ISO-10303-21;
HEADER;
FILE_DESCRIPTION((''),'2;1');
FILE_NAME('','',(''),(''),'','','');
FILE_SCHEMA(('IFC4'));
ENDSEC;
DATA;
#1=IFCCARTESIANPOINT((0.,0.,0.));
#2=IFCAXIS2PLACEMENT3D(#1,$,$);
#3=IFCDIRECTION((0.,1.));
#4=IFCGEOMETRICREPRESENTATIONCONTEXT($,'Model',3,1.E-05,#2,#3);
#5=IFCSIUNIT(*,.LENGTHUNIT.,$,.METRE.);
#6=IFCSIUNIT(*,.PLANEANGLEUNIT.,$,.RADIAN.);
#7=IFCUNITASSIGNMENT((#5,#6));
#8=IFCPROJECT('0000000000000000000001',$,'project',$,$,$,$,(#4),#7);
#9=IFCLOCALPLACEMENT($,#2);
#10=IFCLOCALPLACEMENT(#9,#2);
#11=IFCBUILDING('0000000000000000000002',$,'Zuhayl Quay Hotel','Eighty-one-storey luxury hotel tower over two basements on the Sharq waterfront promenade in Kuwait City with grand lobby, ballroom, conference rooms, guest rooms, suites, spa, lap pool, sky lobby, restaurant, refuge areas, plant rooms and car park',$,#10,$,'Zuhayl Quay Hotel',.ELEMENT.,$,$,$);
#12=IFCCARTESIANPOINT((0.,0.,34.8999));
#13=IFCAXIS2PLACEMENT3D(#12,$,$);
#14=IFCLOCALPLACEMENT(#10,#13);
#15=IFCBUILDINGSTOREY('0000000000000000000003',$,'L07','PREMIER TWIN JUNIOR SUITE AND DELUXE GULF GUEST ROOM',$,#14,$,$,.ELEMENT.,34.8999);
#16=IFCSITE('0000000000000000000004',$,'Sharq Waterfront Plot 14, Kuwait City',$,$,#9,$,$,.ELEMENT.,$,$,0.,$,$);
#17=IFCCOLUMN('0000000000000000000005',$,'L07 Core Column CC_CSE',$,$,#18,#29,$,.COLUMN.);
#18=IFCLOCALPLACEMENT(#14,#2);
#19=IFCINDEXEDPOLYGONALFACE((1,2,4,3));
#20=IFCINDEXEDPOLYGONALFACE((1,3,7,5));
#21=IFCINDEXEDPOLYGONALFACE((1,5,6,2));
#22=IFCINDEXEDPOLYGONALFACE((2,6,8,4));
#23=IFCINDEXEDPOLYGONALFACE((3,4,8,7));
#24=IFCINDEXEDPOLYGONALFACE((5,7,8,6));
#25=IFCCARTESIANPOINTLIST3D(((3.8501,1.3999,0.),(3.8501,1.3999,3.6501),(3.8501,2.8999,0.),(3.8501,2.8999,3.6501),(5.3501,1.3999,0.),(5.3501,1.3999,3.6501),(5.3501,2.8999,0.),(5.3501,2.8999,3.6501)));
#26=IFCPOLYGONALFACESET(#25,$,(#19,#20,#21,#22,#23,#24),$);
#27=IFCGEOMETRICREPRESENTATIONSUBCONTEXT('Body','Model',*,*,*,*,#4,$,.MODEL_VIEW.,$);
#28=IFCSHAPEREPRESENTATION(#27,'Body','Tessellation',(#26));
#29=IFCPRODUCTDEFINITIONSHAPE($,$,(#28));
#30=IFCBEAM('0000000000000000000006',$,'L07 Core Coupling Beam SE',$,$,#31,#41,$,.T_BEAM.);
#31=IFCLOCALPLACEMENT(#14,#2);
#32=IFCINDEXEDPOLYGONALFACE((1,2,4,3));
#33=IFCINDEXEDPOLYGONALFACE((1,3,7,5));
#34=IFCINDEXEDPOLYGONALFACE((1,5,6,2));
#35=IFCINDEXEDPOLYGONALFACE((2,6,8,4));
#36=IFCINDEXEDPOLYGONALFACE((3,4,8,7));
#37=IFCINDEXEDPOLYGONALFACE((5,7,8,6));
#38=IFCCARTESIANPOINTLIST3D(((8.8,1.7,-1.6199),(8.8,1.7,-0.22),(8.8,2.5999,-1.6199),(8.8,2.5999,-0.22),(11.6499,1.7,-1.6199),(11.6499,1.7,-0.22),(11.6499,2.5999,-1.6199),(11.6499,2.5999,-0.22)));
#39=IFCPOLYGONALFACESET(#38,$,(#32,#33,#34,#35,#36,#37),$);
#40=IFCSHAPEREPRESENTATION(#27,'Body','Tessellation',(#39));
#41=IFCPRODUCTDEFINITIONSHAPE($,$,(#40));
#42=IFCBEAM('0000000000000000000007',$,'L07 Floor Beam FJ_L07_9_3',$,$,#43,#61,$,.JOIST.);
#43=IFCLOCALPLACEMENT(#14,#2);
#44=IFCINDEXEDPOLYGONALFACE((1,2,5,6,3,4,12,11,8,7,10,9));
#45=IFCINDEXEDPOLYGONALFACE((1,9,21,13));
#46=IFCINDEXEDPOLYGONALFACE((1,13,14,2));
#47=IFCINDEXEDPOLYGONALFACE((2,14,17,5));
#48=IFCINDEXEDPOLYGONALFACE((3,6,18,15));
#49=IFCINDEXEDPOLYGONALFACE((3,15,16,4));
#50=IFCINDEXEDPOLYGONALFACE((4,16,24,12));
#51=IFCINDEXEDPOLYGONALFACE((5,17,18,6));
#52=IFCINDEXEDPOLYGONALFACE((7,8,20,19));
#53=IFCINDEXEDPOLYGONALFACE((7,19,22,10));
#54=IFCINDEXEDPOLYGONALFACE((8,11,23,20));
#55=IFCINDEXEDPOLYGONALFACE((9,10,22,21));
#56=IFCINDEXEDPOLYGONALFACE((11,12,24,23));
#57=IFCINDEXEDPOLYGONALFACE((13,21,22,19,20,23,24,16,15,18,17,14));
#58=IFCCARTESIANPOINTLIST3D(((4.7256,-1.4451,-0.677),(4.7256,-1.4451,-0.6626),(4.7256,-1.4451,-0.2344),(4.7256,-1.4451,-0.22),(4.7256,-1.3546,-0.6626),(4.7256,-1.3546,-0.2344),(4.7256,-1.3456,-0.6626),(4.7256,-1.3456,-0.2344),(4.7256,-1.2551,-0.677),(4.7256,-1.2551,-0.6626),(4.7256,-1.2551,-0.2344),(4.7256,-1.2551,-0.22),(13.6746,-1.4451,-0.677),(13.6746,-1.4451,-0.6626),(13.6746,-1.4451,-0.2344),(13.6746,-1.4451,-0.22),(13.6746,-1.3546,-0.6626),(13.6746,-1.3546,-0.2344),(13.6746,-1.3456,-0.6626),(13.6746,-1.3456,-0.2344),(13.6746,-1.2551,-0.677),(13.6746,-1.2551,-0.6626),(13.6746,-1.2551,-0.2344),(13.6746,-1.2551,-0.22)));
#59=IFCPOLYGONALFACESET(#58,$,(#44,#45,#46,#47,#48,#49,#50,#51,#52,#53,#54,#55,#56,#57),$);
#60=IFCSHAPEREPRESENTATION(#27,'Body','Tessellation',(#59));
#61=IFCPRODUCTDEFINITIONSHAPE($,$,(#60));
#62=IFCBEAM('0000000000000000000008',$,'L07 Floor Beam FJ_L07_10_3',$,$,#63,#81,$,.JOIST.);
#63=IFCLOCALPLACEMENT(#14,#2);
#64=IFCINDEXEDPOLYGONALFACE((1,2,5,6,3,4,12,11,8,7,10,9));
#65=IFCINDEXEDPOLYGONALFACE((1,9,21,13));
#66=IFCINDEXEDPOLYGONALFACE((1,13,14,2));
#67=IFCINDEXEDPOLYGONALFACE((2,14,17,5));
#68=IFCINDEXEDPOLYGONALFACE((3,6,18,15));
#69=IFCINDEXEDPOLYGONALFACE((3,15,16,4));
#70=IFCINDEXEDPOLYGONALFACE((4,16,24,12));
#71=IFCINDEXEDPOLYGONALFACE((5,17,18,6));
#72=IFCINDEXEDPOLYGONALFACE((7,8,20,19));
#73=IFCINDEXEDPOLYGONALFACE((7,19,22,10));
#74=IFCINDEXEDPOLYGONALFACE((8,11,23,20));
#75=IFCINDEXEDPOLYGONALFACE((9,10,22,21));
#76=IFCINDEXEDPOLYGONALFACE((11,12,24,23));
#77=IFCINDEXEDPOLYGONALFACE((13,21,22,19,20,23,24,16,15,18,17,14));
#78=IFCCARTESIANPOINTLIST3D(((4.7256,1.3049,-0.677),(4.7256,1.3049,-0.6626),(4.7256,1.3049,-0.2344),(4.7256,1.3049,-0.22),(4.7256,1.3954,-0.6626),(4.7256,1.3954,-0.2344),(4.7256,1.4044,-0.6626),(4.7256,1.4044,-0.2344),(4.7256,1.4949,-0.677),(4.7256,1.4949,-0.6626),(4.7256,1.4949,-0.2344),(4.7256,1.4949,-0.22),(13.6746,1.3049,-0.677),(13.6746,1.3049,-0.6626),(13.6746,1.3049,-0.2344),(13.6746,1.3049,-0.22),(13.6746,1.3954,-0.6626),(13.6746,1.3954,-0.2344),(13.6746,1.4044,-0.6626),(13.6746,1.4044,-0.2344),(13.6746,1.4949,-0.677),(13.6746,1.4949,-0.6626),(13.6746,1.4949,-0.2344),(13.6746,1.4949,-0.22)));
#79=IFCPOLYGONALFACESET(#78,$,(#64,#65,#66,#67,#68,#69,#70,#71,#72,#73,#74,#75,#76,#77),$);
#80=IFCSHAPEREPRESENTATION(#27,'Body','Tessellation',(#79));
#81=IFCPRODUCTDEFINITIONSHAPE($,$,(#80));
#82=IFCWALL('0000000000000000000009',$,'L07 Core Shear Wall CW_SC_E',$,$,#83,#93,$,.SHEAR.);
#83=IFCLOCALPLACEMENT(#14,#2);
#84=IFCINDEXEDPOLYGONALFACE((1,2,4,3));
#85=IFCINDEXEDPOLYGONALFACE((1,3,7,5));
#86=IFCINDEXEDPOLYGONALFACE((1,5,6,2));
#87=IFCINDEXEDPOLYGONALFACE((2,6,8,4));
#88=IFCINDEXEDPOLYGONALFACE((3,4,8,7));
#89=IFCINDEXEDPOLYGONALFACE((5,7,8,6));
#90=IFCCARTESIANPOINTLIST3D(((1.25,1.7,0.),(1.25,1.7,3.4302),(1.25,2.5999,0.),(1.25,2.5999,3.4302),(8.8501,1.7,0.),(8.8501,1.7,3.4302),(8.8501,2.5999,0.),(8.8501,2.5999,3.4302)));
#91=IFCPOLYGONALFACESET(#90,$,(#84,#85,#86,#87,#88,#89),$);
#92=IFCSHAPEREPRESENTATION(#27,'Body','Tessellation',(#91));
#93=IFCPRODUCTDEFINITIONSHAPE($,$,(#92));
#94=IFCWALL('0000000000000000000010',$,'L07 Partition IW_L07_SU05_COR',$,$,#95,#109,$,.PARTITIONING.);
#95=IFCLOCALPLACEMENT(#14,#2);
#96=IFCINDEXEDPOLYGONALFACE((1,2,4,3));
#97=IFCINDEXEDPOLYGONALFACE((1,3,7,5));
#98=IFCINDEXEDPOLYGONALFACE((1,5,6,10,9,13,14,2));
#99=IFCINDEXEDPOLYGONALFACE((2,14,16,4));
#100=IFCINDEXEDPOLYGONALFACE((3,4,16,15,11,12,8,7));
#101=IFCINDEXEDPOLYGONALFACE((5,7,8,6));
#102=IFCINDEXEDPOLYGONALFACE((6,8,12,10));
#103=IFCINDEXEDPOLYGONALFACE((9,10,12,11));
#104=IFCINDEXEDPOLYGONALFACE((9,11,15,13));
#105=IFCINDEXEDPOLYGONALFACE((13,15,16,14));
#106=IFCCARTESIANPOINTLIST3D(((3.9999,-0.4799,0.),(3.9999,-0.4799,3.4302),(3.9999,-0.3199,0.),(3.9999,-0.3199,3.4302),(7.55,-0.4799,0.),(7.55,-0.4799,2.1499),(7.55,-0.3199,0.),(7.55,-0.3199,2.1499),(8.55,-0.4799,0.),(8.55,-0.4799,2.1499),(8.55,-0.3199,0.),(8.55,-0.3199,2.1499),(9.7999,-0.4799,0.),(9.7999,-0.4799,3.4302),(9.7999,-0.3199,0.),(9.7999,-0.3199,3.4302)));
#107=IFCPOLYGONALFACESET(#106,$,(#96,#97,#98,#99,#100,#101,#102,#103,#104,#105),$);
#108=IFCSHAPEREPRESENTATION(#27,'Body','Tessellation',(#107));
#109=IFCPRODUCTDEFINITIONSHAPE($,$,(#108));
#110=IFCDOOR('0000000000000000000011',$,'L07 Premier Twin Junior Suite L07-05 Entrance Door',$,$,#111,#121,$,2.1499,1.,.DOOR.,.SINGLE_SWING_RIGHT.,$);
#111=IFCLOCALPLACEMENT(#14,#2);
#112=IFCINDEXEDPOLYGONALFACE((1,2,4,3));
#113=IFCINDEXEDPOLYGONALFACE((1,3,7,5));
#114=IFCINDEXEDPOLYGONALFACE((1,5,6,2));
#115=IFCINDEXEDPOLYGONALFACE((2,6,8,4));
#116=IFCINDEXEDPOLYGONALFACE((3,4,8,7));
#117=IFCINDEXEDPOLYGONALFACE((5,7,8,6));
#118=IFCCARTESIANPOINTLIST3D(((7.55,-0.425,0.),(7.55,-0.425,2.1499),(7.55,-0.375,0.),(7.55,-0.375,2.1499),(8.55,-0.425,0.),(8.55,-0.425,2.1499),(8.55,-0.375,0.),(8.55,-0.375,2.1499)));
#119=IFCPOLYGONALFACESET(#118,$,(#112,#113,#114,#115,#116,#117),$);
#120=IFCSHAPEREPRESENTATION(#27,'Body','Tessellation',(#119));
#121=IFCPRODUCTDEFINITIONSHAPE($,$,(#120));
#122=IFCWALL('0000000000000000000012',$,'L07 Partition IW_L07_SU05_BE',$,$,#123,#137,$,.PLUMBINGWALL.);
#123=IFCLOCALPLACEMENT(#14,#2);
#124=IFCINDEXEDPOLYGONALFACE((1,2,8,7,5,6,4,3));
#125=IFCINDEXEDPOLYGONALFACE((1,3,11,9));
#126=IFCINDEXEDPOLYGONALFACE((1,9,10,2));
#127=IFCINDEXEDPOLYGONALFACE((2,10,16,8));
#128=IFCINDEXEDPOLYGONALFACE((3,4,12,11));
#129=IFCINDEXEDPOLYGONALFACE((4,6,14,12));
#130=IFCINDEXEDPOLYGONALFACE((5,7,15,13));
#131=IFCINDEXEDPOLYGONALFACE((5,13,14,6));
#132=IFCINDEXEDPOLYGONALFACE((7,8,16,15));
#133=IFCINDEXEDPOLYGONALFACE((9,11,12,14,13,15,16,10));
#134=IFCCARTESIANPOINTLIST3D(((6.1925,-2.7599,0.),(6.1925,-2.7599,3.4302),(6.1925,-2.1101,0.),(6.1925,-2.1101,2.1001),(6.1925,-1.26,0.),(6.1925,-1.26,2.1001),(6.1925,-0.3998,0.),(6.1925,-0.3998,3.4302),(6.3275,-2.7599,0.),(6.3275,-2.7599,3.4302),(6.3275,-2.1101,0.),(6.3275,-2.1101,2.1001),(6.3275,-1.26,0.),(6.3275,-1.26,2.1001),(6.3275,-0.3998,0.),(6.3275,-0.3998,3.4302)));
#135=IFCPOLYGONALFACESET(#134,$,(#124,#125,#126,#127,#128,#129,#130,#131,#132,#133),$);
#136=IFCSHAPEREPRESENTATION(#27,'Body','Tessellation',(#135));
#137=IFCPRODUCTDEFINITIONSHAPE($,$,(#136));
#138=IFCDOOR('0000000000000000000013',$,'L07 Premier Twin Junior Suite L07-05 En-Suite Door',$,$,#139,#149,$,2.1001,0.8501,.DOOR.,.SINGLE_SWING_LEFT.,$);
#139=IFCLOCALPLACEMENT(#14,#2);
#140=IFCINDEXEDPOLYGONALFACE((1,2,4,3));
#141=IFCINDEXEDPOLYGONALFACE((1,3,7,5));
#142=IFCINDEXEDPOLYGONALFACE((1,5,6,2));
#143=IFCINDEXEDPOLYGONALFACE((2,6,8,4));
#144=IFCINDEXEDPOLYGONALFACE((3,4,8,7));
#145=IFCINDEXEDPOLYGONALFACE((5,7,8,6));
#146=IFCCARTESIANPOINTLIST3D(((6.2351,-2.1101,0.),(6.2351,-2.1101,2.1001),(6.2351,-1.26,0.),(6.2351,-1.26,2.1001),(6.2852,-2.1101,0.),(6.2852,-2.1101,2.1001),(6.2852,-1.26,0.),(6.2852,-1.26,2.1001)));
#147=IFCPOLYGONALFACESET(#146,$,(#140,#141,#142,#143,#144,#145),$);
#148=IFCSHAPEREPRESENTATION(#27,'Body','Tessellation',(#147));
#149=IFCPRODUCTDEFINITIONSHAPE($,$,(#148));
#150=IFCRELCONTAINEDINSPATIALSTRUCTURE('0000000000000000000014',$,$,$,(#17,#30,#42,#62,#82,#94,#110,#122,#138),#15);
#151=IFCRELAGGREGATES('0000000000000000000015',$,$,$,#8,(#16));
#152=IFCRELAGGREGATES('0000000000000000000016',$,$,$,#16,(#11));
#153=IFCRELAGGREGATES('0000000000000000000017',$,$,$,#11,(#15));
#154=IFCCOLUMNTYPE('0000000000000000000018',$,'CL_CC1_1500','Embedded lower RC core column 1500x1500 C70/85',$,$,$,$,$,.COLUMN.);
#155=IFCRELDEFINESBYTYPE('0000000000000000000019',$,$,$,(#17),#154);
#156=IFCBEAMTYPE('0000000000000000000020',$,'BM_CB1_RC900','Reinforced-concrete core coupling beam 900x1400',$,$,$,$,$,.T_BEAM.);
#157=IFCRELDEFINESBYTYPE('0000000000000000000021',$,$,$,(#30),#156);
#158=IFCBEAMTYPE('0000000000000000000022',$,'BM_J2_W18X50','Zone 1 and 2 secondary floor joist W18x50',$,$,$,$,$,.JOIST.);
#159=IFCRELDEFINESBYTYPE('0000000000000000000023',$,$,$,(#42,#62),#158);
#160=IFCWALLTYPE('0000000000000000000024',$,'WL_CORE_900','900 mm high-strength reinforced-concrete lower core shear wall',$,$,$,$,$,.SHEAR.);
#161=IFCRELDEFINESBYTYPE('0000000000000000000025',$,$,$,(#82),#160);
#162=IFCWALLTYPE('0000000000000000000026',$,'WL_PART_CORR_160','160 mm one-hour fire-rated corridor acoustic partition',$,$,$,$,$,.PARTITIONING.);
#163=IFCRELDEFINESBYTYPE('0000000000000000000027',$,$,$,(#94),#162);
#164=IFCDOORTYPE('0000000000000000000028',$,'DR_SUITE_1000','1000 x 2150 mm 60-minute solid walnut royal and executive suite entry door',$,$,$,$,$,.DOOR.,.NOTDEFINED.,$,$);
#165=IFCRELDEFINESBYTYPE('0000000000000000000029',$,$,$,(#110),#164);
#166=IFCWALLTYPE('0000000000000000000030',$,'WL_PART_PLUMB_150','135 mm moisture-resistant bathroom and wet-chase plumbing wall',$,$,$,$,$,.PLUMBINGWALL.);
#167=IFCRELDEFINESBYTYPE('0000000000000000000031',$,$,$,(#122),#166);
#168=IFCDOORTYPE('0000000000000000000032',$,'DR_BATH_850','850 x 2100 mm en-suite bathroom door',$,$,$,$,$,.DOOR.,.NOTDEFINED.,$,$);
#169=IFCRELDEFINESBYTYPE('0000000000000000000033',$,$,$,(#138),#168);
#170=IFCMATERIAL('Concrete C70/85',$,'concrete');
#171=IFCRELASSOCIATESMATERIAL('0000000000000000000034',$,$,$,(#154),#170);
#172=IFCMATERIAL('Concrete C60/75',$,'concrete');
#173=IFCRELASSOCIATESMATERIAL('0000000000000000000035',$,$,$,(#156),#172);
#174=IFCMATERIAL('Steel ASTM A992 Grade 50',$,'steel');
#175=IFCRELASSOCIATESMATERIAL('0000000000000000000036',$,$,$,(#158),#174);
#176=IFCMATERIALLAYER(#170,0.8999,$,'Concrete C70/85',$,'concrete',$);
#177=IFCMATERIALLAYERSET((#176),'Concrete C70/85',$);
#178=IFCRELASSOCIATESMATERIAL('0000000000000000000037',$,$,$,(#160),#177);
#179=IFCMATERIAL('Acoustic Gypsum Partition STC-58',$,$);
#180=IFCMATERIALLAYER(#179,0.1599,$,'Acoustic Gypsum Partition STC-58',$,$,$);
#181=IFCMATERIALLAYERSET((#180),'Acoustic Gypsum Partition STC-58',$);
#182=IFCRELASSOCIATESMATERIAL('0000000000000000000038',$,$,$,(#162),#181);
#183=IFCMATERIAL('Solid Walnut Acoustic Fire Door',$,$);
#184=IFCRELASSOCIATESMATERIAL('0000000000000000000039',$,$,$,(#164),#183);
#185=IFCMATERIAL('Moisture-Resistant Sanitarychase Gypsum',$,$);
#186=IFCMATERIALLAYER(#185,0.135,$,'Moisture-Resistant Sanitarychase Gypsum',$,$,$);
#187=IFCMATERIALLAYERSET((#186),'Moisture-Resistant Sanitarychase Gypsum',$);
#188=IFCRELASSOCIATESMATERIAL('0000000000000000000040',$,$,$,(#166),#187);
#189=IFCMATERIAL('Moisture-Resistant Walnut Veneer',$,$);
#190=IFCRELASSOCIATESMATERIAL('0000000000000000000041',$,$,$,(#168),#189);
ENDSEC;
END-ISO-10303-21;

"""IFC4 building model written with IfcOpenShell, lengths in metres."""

from ifc_helpers import new_model, si_unit, direction, frame, frame_2d, origin, origin_2d, place, context, subcontext, project, spatial, rectangle, i_section, extrude, material, layer, layer_set, material_profile, profile_set, type_object, element, fill, save


model = new_model("IFC4")

# Units and contexts
model_context = context("Model", 3, precision=1e-05, world=origin(), true_north=direction((0.0, 1.0)))
body_context = subcontext(model_context, "Body", "Model", "MODEL_VIEW")
ifc_project = project(units=[si_unit("LENGTHUNIT", "METRE"), si_unit("PLANEANGLEUNIT", "RADIAN")], contexts=[model_context])

# Site, building, storey
site_placement = place(None, origin())
site = spatial("IfcSite", under=ifc_project, at=site_placement, Name="Sharq Waterfront Plot 14, Kuwait City", CompositionType="ELEMENT", RefElevation=0.0)
building_placement = place(site_placement, origin())
building = spatial("IfcBuilding", under=site, at=building_placement, Name="Zuhayl Quay Hotel", Description="Eighty-one-storey luxury hotel tower over two basements on the Sharq waterfront promenade in Kuwait City with grand lobby, ballroom, conference rooms, guest rooms, suites, spa, lap pool, sky lobby, restaurant, refuge areas, plant rooms and car park", LongName="Zuhayl Quay Hotel", CompositionType="ELEMENT")
storey_placement = place(building_placement, frame((0.0, 0.0, 34.8999)))
storey = spatial("IfcBuildingStorey", under=building, at=storey_placement, Name="L07", Description="PREMIER TWIN JUNIOR SUITE AND DELUXE GULF GUEST ROOM", CompositionType="ELEMENT", Elevation=34.8999)

# Column
ifc_material_1 = material(Name="Concrete C70/85", Category="concrete")
ifc_material_profile_1 = material_profile(ifc_material_1, rectangle(XDim=1.5, YDim=1.5, at=origin_2d()), Name="RC1500X1500")
ifc_profile_set_1 = profile_set([ifc_material_profile_1], Name="Concrete C70/85")
column_type = type_object("IfcColumnType", Name="CL_CC1_1500", Description="Embedded lower RC core column 1500x1500 C70/85", PredefinedType="COLUMN", material=ifc_profile_set_1)
column_placement = place(storey_placement, frame((4.6001, 2.1499, 0.0), z_axis=(0.0, 0.0, 1.0), x_axis=(1.0, 0.0, 0.0)))
element("IfcColumn", 1, at=column_placement, inside=storey, type_object=column_type, Name="L07 Core Column CC_CSE", PredefinedType="COLUMN", context=body_context, shape_type="SweptSolid", body=[
    extrude(rectangle(XDim=1.5, YDim=1.5, at=origin_2d()), origin(), (0.0, 0.0, 1.0), 3.6501),
])

# Beams
ifc_material_2 = material(Name="Concrete C60/75", Category="concrete")
ifc_material_profile_2 = material_profile(ifc_material_2, rectangle(XDim=0.8999, YDim=1.3999, at=origin_2d()), Name="RC900X1400")
ifc_profile_set_2 = profile_set([ifc_material_profile_2], Name="Concrete C60/75")
beam_type_1 = type_object("IfcBeamType", Name="BM_CB1_RC900", Description="Reinforced-concrete core coupling beam 900x1400", PredefinedType="T_BEAM", material=ifc_profile_set_2)
beam_placement = place(storey_placement, frame((8.8, 2.1499, -0.9199), z_axis=(1.0, 0.0, 0.0), x_axis=(0.0, 1.0, 0.0)))
element("IfcBeam", 2, at=beam_placement, inside=storey, type_object=beam_type_1, Name="L07 Core Coupling Beam SE", PredefinedType="T_BEAM", context=body_context, shape_type="SweptSolid", body=[
    extrude(rectangle(XDim=0.8999, YDim=1.3999, at=origin_2d()), origin(), (0.0, 0.0, 1.0), 2.8499),
])
ifc_material_3 = material(Name="Steel ASTM A992 Grade 50", Category="steel")
ifc_material_profile_3 = material_profile(ifc_material_3, i_section(OverallWidth=0.1899, OverallDepth=0.457, WebThickness=0.009, FlangeThickness=0.0144, at=origin_2d()), Name="W18X50")
ifc_profile_set_3 = profile_set([ifc_material_profile_3], Name="Steel ASTM A992 Grade 50")
beam_type_2 = type_object("IfcBeamType", Name="BM_J2_W18X50", Description="Zone 1 and 2 secondary floor joist W18x50", PredefinedType="JOIST", material=ifc_profile_set_3)
for number, where, z_axis, x_axis, name in (
    (3, (4.7256, -1.3501, -0.4485), (1.0, 0.0, 0.0), (0.0, 1.0, 0.0), "L07 Floor Beam FJ_L07_9_3"),
    (4, (4.7256, 1.3999, -0.4485), (1.0, 0.0, 0.0), (0.0, 1.0, 0.0), "L07 Floor Beam FJ_L07_10_3"),
):
    element("IfcBeam", number, at=place(storey_placement, frame(where, z_axis=z_axis, x_axis=x_axis)), inside=storey, type_object=beam_type_2, Name=name, PredefinedType="JOIST", context=body_context, shape_type="SweptSolid", body=[
        extrude(i_section(OverallWidth=0.1899, OverallDepth=0.457, WebThickness=0.009, FlangeThickness=0.0144, at=origin_2d()), origin(), (0.0, 0.0, 1.0), 8.949),
    ])

# Wall
ifc_layer_1 = layer(ifc_material_1, 0.8999, Name="Concrete C70/85", Category="concrete")
ifc_layer_set_1 = layer_set([ifc_layer_1], Name="Concrete C70/85")
wall_type_1 = type_object("IfcWallType", Name="WL_CORE_900", Description="900 mm high-strength reinforced-concrete lower core shear wall", PredefinedType="SHEAR", material=ifc_layer_set_1)
wall_1_placement = place(storey_placement, frame((1.25, 2.1499, 0.0), z_axis=(0.0, 0.0, 1.0), x_axis=(1.0, 0.0, 0.0)))
element("IfcWall", 5, at=wall_1_placement, inside=storey, type_object=wall_type_1, Name="L07 Core Shear Wall CW_SC_E", PredefinedType="SHEAR", context=body_context, shape_type="SweptSolid", body=[
    extrude(rectangle(XDim=7.6001, YDim=0.8999, at=frame_2d((3.8, 0.0))), origin(), (0.0, 0.0, 1.0), 3.4302),
])

# Walls, openings, doors
ifc_material_4 = material(Name="Acoustic Gypsum Partition STC-58")
ifc_layer_2 = layer(ifc_material_4, 0.1599, Name="Acoustic Gypsum Partition STC-58")
ifc_layer_set_2 = layer_set([ifc_layer_2], Name="Acoustic Gypsum Partition STC-58")
wall_type_2 = type_object("IfcWallType", Name="WL_PART_CORR_160", Description="160 mm one-hour fire-rated corridor acoustic partition", PredefinedType="PARTITIONING", material=ifc_layer_set_2)
wall_2_placement = place(storey_placement, frame((4.0, -0.3999, 0.0), z_axis=(0.0, 0.0, 1.0), x_axis=(1.0, 0.0, 0.0)))
wall_2 = element("IfcWall", 6, at=wall_2_placement, inside=storey, type_object=wall_type_2, Name="L07 Partition IW_L07_SU05_COR", PredefinedType="PARTITIONING", context=body_context, shape_type="SweptSolid", body=[
    extrude(rectangle(XDim=5.8, YDim=0.1599, at=frame_2d((2.8999, 0.0))), origin(), (0.0, 0.0, 1.0), 3.4302),
])
opening_1_placement = place(wall_2_placement, frame((3.55, 0.0, 0.0)))
opening_1 = element("IfcOpeningElement", 7, at=opening_1_placement, cuts=wall_2, PredefinedType="OPENING", context=body_context, shape_type="SweptSolid", body=[
    extrude(rectangle(XDim=1.0, YDim=2.1499, at=frame_2d((0.5, 1.075))), frame((0.0, 0.0898, 0.0), z_axis=(0.0, -1.0, 0.0), x_axis=(1.0, 0.0, 0.0)), (0.0, 0.0, 1.0), 0.1799),
])
ifc_material_5 = material(Name="Solid Walnut Acoustic Fire Door")
door_type_1 = type_object("IfcDoorType", Name="DR_SUITE_1000", Description="1000 x 2150 mm 60-minute solid walnut royal and executive suite entry door", OperationType="NOTDEFINED", PredefinedType="DOOR", material=ifc_material_5)
door_1_placement = place(opening_1_placement, origin())
door_1 = element("IfcDoor", 8, at=door_1_placement, inside=storey, type_object=door_type_1, Name="L07 Premier Twin Junior Suite L07-05 Entrance Door", OperationType="SINGLE_SWING_RIGHT", OverallHeight=2.1499, OverallWidth=1.0, PredefinedType="DOOR", context=body_context, shape_type="SweptSolid", body=[
    extrude(rectangle(XDim=1.0, YDim=2.1499, at=frame_2d((0.5, 1.075))), frame((0.0, 0.0249, 0.0), z_axis=(0.0, -1.0, 0.0), x_axis=(1.0, 0.0, 0.0)), (0.0, 0.0, 1.0), 0.05),
])
fill(opening_1, door_1)
ifc_material_6 = material(Name="Moisture-Resistant Sanitarychase Gypsum")
ifc_layer_3 = layer(ifc_material_6, 0.135, Name="Moisture-Resistant Sanitarychase Gypsum")
ifc_layer_set_3 = layer_set([ifc_layer_3], Name="Moisture-Resistant Sanitarychase Gypsum")
wall_type_3 = type_object("IfcWallType", Name="WL_PART_PLUMB_150", Description="135 mm moisture-resistant bathroom and wet-chase plumbing wall", PredefinedType="PLUMBINGWALL", material=ifc_layer_set_3)
wall_3_placement = place(storey_placement, frame((6.26, -2.76, 0.0), z_axis=(0.0, 0.0, 1.0), x_axis=(0.0, 1.0, 0.0)))
wall_3 = element("IfcWall", 9, at=wall_3_placement, inside=storey, type_object=wall_type_3, Name="L07 Partition IW_L07_SU05_BE", PredefinedType="PLUMBINGWALL", context=body_context, shape_type="SweptSolid", body=[
    extrude(rectangle(XDim=2.3601, YDim=0.135, at=frame_2d((1.1802, 0.0))), origin(), (0.0, 0.0, 1.0), 3.4302),
])
opening_2_placement = place(wall_3_placement, frame((0.6499, 0.0, 0.0)))
opening_2 = element("IfcOpeningElement", 10, at=opening_2_placement, cuts=wall_3, PredefinedType="OPENING", context=body_context, shape_type="SweptSolid", body=[
    extrude(rectangle(XDim=0.8501, YDim=2.1001, at=frame_2d((0.425, 1.05))), frame((0.0, 0.0774, 0.0), z_axis=(0.0, -1.0, 0.0), x_axis=(1.0, 0.0, 0.0)), (0.0, 0.0, 1.0), 0.155),
])
ifc_material_7 = material(Name="Moisture-Resistant Walnut Veneer")
door_type_2 = type_object("IfcDoorType", Name="DR_BATH_850", Description="850 x 2100 mm en-suite bathroom door", OperationType="NOTDEFINED", PredefinedType="DOOR", material=ifc_material_7)
door_2_placement = place(opening_2_placement, origin())
door_2 = element("IfcDoor", 11, at=door_2_placement, inside=storey, type_object=door_type_2, Name="L07 Premier Twin Junior Suite L07-05 En-Suite Door", OperationType="SINGLE_SWING_LEFT", OverallHeight=2.1001, OverallWidth=0.8501, PredefinedType="DOOR", context=body_context, shape_type="SweptSolid", body=[
    extrude(rectangle(XDim=0.8501, YDim=2.1001, at=frame_2d((0.425, 1.05))), frame((0.0, 0.0249, 0.0), z_axis=(0.0, -1.0, 0.0), x_axis=(1.0, 0.0, 0.0)), (0.0, 0.0, 1.0), 0.05),
])
fill(opening_2, door_2)

save(model, "model.ifc")
